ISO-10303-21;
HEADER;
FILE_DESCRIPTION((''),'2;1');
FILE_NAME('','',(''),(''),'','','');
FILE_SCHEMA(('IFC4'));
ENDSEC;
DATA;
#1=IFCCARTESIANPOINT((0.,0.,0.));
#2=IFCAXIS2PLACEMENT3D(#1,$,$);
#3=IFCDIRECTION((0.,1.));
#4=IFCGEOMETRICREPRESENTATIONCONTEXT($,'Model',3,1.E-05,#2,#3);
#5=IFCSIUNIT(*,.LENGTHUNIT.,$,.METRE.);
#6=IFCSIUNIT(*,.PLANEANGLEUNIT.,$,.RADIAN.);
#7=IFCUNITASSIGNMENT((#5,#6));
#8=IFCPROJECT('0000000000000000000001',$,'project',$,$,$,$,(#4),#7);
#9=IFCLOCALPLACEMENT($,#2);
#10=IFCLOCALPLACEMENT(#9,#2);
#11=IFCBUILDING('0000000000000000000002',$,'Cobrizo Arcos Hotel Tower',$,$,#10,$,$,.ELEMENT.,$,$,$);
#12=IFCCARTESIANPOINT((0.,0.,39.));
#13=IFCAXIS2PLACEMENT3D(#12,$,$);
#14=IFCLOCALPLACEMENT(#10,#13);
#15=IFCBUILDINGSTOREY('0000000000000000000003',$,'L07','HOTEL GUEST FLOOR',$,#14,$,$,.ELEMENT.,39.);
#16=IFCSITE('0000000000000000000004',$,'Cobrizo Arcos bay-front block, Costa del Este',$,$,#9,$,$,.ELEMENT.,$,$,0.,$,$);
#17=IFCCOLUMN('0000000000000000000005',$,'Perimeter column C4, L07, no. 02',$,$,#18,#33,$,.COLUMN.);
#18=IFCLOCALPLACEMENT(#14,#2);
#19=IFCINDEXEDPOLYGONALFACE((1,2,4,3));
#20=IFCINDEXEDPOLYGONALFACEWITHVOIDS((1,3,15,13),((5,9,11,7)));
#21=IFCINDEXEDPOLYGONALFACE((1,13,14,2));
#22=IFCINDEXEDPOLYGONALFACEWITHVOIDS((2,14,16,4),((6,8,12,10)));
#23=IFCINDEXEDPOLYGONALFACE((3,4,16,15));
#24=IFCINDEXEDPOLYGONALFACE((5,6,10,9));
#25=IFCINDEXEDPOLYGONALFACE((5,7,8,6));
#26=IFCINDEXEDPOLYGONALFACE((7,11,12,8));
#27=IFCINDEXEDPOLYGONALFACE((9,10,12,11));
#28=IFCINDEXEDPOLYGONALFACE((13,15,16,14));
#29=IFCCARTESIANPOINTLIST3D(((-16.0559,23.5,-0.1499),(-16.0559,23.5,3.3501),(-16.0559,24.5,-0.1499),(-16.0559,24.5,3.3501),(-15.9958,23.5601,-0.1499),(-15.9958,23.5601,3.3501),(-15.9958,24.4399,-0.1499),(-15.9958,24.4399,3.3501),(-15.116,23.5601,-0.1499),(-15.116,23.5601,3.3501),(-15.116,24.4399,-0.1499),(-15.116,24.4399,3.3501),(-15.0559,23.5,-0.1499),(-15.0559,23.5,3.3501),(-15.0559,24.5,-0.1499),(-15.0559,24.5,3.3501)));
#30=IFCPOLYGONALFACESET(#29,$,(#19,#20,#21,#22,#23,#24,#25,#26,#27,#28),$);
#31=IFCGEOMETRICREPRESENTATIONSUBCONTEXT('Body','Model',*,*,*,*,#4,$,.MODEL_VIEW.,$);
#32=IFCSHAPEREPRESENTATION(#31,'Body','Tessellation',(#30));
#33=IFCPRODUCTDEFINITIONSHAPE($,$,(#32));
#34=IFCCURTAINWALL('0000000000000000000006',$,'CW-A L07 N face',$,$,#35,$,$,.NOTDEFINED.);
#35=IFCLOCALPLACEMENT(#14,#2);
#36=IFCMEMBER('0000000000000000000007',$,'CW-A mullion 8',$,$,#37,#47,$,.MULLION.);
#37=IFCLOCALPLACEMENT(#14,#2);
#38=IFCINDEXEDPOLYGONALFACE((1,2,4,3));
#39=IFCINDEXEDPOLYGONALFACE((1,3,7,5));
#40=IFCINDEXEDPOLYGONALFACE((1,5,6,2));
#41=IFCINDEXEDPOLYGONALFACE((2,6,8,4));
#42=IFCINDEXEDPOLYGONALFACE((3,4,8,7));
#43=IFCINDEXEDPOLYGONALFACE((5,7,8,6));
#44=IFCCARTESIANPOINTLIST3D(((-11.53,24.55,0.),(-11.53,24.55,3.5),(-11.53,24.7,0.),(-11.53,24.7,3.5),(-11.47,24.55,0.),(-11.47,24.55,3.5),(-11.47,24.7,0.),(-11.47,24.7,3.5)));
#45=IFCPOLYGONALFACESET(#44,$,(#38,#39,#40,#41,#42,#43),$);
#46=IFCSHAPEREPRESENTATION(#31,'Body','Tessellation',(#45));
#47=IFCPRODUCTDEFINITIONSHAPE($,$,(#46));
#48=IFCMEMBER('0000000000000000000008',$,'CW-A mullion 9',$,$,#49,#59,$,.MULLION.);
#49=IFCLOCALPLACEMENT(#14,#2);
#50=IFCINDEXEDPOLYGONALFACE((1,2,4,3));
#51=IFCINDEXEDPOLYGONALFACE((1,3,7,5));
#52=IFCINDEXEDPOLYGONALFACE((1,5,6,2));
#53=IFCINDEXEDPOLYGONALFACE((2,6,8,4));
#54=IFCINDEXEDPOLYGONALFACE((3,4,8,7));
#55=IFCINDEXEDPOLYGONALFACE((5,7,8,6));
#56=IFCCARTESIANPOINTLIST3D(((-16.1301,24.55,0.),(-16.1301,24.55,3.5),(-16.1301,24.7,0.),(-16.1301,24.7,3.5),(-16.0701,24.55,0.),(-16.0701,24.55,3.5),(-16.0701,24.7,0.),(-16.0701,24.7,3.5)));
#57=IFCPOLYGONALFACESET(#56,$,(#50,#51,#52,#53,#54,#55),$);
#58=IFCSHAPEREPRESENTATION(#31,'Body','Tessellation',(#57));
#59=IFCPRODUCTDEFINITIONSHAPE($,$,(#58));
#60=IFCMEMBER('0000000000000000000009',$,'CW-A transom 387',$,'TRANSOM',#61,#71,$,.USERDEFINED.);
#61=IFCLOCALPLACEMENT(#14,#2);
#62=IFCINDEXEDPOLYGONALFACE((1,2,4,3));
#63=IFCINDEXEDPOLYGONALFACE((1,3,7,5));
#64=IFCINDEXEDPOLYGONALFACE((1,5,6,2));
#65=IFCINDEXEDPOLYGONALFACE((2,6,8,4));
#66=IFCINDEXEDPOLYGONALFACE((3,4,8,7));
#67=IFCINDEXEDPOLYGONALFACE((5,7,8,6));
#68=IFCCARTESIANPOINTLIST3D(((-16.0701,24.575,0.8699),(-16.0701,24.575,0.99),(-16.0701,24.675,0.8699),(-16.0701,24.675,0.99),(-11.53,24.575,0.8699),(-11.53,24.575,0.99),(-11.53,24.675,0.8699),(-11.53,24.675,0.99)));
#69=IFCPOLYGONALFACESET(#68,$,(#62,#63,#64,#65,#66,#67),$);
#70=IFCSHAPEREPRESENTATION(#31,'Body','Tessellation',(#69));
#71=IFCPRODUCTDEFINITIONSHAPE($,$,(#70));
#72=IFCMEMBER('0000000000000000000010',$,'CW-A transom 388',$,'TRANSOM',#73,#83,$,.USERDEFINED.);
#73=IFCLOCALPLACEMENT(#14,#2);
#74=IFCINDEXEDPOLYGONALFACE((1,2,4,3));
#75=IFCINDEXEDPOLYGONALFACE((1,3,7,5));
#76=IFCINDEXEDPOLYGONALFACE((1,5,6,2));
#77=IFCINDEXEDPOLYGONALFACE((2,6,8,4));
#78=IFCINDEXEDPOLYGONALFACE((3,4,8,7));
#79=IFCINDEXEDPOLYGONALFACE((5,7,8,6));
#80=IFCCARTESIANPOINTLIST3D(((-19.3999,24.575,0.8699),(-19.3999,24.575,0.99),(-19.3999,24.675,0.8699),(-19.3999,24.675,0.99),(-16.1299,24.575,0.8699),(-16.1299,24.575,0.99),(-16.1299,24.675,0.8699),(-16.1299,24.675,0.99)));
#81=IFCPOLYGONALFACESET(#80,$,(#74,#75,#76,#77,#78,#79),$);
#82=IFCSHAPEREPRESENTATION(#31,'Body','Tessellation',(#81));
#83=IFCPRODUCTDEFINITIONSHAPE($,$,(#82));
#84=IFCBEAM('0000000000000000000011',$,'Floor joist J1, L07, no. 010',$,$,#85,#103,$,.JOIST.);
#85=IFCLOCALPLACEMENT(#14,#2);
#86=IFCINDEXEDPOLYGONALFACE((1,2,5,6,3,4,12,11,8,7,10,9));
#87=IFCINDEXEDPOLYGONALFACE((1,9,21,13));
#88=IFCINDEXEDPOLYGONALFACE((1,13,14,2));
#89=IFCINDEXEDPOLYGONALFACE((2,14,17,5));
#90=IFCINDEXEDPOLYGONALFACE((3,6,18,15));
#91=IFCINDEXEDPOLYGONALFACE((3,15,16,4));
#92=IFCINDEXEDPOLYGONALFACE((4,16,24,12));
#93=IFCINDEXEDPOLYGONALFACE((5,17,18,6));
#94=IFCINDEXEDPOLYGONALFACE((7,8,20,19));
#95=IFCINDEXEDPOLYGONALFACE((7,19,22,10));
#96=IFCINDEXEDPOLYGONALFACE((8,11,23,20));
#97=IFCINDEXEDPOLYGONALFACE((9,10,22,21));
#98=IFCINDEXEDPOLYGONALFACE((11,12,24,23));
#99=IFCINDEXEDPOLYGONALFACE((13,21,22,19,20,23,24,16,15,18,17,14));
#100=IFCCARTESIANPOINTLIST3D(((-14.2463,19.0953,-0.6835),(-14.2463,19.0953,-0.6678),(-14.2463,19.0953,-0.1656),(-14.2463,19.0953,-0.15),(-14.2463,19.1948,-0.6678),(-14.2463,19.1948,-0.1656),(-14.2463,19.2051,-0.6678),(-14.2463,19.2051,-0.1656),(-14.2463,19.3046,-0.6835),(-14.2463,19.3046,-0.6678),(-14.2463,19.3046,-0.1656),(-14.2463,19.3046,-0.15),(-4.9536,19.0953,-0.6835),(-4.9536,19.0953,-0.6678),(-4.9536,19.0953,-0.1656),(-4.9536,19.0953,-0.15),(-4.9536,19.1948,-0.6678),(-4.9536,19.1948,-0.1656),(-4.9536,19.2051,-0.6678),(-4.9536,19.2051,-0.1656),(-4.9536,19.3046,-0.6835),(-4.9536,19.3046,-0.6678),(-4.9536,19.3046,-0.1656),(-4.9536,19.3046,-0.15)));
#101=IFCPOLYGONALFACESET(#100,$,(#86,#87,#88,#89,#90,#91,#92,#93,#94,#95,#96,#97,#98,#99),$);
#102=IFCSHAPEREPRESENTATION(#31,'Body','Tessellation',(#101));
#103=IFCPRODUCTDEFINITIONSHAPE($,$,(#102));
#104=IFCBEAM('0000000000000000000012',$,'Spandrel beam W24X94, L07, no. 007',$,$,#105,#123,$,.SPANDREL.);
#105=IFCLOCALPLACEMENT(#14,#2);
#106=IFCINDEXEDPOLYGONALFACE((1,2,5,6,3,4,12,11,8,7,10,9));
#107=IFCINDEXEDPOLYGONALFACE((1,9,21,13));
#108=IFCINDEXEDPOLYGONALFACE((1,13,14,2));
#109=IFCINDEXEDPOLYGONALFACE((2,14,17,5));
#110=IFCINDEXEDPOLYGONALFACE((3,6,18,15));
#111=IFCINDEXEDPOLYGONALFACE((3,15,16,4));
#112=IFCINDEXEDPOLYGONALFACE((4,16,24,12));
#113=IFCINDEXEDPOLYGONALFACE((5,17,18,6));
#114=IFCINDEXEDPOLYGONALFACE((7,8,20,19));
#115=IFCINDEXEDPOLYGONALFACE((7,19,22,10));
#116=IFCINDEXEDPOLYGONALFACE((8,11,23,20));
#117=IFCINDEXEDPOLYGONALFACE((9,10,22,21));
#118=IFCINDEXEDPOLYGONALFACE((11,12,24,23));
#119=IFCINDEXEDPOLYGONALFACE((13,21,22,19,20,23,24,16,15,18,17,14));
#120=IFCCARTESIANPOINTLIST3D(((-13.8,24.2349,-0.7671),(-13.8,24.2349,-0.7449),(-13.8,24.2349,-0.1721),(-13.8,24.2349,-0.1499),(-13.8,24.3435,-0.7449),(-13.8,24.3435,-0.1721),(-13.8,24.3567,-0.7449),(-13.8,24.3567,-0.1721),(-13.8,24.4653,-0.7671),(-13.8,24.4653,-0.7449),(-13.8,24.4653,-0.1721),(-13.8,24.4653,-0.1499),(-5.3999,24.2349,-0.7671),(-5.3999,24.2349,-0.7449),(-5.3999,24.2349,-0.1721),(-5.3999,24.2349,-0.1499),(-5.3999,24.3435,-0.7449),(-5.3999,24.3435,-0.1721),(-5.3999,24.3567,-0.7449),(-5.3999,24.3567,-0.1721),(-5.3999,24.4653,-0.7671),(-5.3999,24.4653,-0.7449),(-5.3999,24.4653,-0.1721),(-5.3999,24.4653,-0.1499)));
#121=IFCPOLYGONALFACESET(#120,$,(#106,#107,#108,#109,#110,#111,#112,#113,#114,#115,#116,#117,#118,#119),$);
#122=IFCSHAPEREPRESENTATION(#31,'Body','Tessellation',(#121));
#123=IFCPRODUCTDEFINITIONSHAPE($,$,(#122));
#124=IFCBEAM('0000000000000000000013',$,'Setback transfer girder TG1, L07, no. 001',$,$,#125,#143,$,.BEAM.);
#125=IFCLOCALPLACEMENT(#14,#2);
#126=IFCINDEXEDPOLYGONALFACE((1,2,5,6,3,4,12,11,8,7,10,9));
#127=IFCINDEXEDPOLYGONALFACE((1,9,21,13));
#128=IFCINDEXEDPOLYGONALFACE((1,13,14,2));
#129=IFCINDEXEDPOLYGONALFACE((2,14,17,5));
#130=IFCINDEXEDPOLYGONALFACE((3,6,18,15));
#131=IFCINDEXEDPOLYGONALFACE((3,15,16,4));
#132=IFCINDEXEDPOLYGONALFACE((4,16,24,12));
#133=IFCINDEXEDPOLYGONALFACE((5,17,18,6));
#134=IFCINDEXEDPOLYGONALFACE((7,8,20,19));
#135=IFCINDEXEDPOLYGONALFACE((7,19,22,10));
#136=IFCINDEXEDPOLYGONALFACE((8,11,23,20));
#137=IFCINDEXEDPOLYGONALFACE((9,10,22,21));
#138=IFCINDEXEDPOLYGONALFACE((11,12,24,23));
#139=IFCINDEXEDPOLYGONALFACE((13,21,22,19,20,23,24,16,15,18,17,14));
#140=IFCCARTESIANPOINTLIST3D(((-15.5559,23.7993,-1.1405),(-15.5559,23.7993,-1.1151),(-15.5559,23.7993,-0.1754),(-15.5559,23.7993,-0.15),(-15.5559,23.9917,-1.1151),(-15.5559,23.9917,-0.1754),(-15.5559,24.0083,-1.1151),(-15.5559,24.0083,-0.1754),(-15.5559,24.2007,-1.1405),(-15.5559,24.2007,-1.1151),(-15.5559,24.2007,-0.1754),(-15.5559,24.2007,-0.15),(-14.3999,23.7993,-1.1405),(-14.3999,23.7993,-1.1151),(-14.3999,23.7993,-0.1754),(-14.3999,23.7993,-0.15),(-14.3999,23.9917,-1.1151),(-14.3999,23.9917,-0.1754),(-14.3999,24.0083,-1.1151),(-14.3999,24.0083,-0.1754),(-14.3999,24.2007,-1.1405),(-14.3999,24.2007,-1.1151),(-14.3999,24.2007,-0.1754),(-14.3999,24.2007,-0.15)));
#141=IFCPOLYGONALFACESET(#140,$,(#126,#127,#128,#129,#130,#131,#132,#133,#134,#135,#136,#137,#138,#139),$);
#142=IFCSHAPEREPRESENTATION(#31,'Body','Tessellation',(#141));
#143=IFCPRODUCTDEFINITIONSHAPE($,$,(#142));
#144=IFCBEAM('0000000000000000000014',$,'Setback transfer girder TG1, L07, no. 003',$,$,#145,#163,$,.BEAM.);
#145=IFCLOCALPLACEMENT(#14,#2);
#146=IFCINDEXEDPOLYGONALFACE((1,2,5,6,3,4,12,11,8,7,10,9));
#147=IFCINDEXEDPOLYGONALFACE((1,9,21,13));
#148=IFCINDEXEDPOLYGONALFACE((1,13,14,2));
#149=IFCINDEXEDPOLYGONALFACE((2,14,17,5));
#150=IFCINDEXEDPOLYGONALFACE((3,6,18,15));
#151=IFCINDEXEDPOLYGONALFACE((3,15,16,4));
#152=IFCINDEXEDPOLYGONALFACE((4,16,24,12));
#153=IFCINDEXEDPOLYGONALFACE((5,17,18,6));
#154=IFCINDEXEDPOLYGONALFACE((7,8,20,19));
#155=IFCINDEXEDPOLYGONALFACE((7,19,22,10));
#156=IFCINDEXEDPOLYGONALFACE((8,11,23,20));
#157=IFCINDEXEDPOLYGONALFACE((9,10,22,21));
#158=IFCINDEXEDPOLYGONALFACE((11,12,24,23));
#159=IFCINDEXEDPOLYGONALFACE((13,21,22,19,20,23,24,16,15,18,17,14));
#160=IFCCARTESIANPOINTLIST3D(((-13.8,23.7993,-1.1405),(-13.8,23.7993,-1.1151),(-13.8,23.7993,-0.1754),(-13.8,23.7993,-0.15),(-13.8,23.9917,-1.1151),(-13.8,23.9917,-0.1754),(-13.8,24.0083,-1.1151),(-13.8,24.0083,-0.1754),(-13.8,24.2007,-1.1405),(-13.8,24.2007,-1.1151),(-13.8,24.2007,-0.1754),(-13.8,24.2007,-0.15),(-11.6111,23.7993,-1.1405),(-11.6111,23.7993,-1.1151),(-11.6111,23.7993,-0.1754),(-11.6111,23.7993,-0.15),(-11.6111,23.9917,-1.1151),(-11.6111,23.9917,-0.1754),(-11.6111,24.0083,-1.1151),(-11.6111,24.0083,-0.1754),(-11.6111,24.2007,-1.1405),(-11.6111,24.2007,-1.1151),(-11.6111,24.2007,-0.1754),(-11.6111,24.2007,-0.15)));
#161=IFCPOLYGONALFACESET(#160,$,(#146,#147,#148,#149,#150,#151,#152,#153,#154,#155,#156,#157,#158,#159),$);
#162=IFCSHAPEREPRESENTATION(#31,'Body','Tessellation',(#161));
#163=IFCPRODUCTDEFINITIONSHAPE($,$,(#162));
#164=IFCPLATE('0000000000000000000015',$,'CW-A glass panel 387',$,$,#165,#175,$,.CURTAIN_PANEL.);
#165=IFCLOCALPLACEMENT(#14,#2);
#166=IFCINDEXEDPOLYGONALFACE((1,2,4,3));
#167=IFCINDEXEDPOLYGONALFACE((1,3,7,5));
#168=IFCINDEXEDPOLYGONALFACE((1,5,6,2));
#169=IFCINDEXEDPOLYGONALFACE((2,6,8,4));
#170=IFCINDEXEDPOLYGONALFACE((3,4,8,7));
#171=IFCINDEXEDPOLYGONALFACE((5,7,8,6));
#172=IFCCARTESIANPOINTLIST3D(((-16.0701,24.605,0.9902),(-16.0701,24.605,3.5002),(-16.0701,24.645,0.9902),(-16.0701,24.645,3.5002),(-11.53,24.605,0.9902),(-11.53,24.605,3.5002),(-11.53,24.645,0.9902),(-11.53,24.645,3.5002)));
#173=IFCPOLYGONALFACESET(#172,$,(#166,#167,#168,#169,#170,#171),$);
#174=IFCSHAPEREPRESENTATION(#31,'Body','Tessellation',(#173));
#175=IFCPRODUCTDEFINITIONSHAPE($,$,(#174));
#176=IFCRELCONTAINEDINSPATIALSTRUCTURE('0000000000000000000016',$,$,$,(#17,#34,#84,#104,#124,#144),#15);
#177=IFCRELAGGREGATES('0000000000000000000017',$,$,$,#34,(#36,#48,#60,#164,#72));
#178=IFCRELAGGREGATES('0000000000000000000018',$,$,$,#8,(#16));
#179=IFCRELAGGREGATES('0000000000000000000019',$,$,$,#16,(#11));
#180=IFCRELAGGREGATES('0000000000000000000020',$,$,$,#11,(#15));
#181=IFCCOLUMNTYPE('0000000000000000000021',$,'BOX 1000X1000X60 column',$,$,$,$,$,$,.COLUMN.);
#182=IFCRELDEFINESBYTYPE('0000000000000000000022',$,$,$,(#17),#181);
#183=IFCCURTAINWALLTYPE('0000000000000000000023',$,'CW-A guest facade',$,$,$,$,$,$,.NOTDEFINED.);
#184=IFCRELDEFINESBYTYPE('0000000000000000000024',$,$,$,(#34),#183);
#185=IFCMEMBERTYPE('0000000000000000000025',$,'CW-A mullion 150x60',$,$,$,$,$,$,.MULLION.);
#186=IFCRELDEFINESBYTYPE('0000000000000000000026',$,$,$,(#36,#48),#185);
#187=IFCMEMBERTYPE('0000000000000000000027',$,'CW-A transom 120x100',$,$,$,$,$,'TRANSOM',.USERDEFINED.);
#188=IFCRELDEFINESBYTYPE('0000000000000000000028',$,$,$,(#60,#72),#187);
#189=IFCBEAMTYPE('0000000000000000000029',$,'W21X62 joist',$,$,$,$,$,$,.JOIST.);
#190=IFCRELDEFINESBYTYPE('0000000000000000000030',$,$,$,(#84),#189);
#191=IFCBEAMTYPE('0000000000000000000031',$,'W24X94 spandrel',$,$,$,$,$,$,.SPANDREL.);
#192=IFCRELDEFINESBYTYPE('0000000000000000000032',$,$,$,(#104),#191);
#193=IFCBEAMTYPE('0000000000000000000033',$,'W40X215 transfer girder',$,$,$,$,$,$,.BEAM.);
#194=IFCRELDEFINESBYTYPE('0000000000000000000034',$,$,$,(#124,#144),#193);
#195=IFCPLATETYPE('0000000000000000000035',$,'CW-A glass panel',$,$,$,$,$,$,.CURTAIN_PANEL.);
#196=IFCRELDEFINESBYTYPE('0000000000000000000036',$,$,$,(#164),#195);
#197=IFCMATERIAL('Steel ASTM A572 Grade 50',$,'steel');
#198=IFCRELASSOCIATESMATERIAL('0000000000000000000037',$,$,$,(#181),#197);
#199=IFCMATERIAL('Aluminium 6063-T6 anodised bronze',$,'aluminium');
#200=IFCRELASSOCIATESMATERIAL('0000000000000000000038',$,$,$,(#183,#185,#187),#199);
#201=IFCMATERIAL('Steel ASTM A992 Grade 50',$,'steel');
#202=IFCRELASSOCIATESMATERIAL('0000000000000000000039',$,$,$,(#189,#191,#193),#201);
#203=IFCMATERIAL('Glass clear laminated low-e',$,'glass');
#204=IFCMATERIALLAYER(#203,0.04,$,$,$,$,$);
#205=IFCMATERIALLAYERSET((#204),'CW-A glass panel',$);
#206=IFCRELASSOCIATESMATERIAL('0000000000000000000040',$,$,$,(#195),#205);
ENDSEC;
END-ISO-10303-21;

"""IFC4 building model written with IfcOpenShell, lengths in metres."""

from ifc_helpers import new_model, si_unit, direction, frame, origin, origin_2d, place, context, subcontext, project, spatial, rectangle, hollow_rectangle, i_section, extrude, material, layer, layer_set, material_profile, profile_set, type_object, element, aggregate, save


model = new_model("IFC4")

# Units and contexts
model_context = context("Model", 3, precision=1e-05, world=origin(), true_north=direction((0.0, 1.0)))
body_context = subcontext(model_context, "Body", "Model", "MODEL_VIEW")
ifc_project = project(units=[si_unit("LENGTHUNIT", "METRE"), si_unit("PLANEANGLEUNIT", "RADIAN")], contexts=[model_context])

# Site, building, storey
site_placement = place(None, origin())
site = spatial("IfcSite", under=ifc_project, at=site_placement, Name="Cobrizo Arcos bay-front block, Costa del Este", CompositionType="ELEMENT", RefElevation=0.0)
building_placement = place(site_placement, origin())
building = spatial("IfcBuilding", under=site, at=building_placement, Name="Cobrizo Arcos Hotel Tower", CompositionType="ELEMENT")
storey_placement = place(building_placement, frame((0.0, 0.0, 39.0)))
storey = spatial("IfcBuildingStorey", under=building, at=storey_placement, Name="L07", Description="HOTEL GUEST FLOOR", CompositionType="ELEMENT", Elevation=39.0)

# Column
ifc_material_1 = material(Name="Steel ASTM A572 Grade 50", Category="steel")
ifc_material_profile_1 = material_profile(ifc_material_1, hollow_rectangle(XDim=1.0, YDim=1.0, WallThickness=0.0601, at=origin_2d()), Name="BOX 1000X1000X60")
ifc_profile_set_1 = profile_set([ifc_material_profile_1], Name="Steel ASTM A572 Grade 50")
column_type = type_object("IfcColumnType", Name="BOX 1000X1000X60 column", PredefinedType="COLUMN", material=ifc_profile_set_1)
column_placement = place(storey_placement, frame((-15.5559, 24.0, -0.1499), z_axis=(0.0, 0.0, 1.0), x_axis=(1.0, 0.0, 0.0)))
element("IfcColumn", 1, at=column_placement, inside=storey, type_object=column_type, Name="Perimeter column C4, L07, no. 02", PredefinedType="COLUMN", context=body_context, shape_type="SweptSolid", body=[
    extrude(hollow_rectangle(XDim=1.0, YDim=1.0, WallThickness=0.0601, at=origin_2d()), origin(), (0.0, 0.0, 1.0), 3.5),
])

# Curtain wall, members
ifc_material_2 = material(Name="Aluminium 6063-T6 anodised bronze", Category="aluminium")
curtain_wall_type = type_object("IfcCurtainWallType", Name="CW-A guest facade", PredefinedType="NOTDEFINED", material=ifc_material_2)
curtain_wall_placement = place(storey_placement, origin())
curtain_wall = element("IfcCurtainWall", 2, at=curtain_wall_placement, inside=storey, type_object=curtain_wall_type, Name="CW-A L07 N face", PredefinedType="NOTDEFINED")
ifc_material_profile_2 = material_profile(ifc_material_2, rectangle(XDim=0.1499, YDim=0.0601, at=origin_2d()), Name="CW-A mullion 150x60")
ifc_profile_set_2 = profile_set([ifc_material_profile_2], Name="Aluminium 6063-T6 anodised bronze")
member_type_1 = type_object("IfcMemberType", Name="CW-A mullion 150x60", PredefinedType="MULLION", material=ifc_profile_set_2)
member_1_placement = place(storey_placement, frame((-11.5, 24.625, 0.0), z_axis=(0.0, 0.0, 1.0), x_axis=(0.0, 1.0, 0.0)))
member_1 = element("IfcMember", 3, at=member_1_placement, type_object=member_type_1, Name="CW-A mullion 8", PredefinedType="MULLION", context=body_context, shape_type="SweptSolid", body=[
    extrude(rectangle(XDim=0.1499, YDim=0.0601, at=origin_2d()), origin(), (0.0, 0.0, 1.0), 3.5),
])
member_2_placement = place(storey_placement, frame((-16.1001, 24.625, 0.0), z_axis=(0.0, 0.0, 1.0), x_axis=(0.0, 1.0, 0.0)))
member_2 = element("IfcMember", 4, at=member_2_placement, type_object=member_type_1, Name="CW-A mullion 9", PredefinedType="MULLION", context=body_context, shape_type="SweptSolid", body=[
    extrude(rectangle(XDim=0.1499, YDim=0.0601, at=origin_2d()), origin(), (0.0, 0.0, 1.0), 3.5),
])
ifc_material_profile_3 = material_profile(ifc_material_2, rectangle(XDim=0.1001, YDim=0.1201, at=origin_2d()), Name="CW-A transom 120x100")
ifc_profile_set_3 = profile_set([ifc_material_profile_3], Name="Aluminium 6063-T6 anodised bronze")
member_type_2 = type_object("IfcMemberType", Name="CW-A transom 120x100", ElementType="TRANSOM", PredefinedType="USERDEFINED", material=ifc_profile_set_3)
member_3_placement = place(storey_placement, frame((-11.53, 24.625, 0.9299), z_axis=(-1.0, 0.0, 0.0), x_axis=(0.0, -1.0, 0.0)))
member_3 = element("IfcMember", 5, at=member_3_placement, type_object=member_type_2, Name="CW-A transom 387", ObjectType="TRANSOM", PredefinedType="USERDEFINED", context=body_context, shape_type="SweptSolid", body=[
    extrude(rectangle(XDim=0.1001, YDim=0.1201, at=origin_2d()), origin(), (0.0, 0.0, 1.0), 4.54),
])
member_4_placement = place(storey_placement, frame((-16.1299, 24.625, 0.9299), z_axis=(-1.0, 0.0, 0.0), x_axis=(0.0, -1.0, 0.0)))
member_4 = element("IfcMember", 6, at=member_4_placement, type_object=member_type_2, Name="CW-A transom 388", ObjectType="TRANSOM", PredefinedType="USERDEFINED", context=body_context, shape_type="SweptSolid", body=[
    extrude(rectangle(XDim=0.1001, YDim=0.1201, at=origin_2d()), origin(), (0.0, 0.0, 1.0), 3.27),
])

# Beams
ifc_material_3 = material(Name="Steel ASTM A992 Grade 50", Category="steel")
ifc_material_profile_4 = material_profile(ifc_material_3, i_section(OverallWidth=0.2092, OverallDepth=0.5334, WebThickness=0.0103, FlangeThickness=0.0156, at=origin_2d()), Name="W21X62")
ifc_profile_set_4 = profile_set([ifc_material_profile_4], Name="Steel ASTM A992 Grade 50")
beam_type_1 = type_object("IfcBeamType", Name="W21X62 joist", PredefinedType="JOIST", material=ifc_profile_set_4)
beam_1_placement = place(storey_placement, frame((-14.2463, 19.2, -0.4167), z_axis=(1.0, 0.0, 0.0), x_axis=(0.0, 1.0, 0.0)))
element("IfcBeam", 7, at=beam_1_placement, inside=storey, type_object=beam_type_1, Name="Floor joist J1, L07, no. 010", PredefinedType="JOIST", context=body_context, shape_type="SweptSolid", body=[
    extrude(i_section(OverallWidth=0.2092, OverallDepth=0.5334, WebThickness=0.0103, FlangeThickness=0.0156, at=origin_2d()), origin(), (0.0, 0.0, 1.0), 9.2927),
])
ifc_material_profile_5 = material_profile(ifc_material_3, i_section(OverallWidth=0.2305, OverallDepth=0.6172, WebThickness=0.0132, FlangeThickness=0.0222, at=origin_2d()), Name="W24X94")
ifc_profile_set_5 = profile_set([ifc_material_profile_5], Name="Steel ASTM A992 Grade 50")
beam_type_2 = type_object("IfcBeamType", Name="W24X94 spandrel", PredefinedType="SPANDREL", material=ifc_profile_set_5)
beam_2_placement = place(storey_placement, frame((-13.8, 24.3501, -0.4585), z_axis=(1.0, 0.0, 0.0), x_axis=(0.0, 1.0, 0.0)))
element("IfcBeam", 8, at=beam_2_placement, inside=storey, type_object=beam_type_2, Name="Spandrel beam W24X94, L07, no. 007", PredefinedType="SPANDREL", context=body_context, shape_type="SweptSolid", body=[
    extrude(i_section(OverallWidth=0.2305, OverallDepth=0.6172, WebThickness=0.0132, FlangeThickness=0.0222, at=origin_2d()), origin(), (0.0, 0.0, 1.0), 8.4001),
])
ifc_material_profile_6 = material_profile(ifc_material_3, i_section(OverallWidth=0.4014, OverallDepth=0.9905, WebThickness=0.0166, FlangeThickness=0.0254, at=origin_2d()), Name="W40X215")
ifc_profile_set_6 = profile_set([ifc_material_profile_6], Name="Steel ASTM A992 Grade 50")
beam_type_3 = type_object("IfcBeamType", Name="W40X215 transfer girder", PredefinedType="BEAM", material=ifc_profile_set_6)
beam_3_placement = place(storey_placement, frame((-14.3999, 24.0, -0.6453), z_axis=(-1.0, 0.0, 0.0), x_axis=(0.0, -1.0, 0.0)))
element("IfcBeam", 9, at=beam_3_placement, inside=storey, type_object=beam_type_3, Name="Setback transfer girder TG1, L07, no. 001", PredefinedType="BEAM", context=body_context, shape_type="SweptSolid", body=[
    extrude(i_section(OverallWidth=0.4014, OverallDepth=0.9905, WebThickness=0.0166, FlangeThickness=0.0254, at=origin_2d()), origin(), (0.0, 0.0, 1.0), 1.156),
])
beam_4_placement = place(storey_placement, frame((-13.8, 24.0, -0.6453), z_axis=(1.0, 0.0, 0.0), x_axis=(0.0, 1.0, 0.0)))
element("IfcBeam", 10, at=beam_4_placement, inside=storey, type_object=beam_type_3, Name="Setback transfer girder TG1, L07, no. 003", PredefinedType="BEAM", context=body_context, shape_type="SweptSolid", body=[
    extrude(i_section(OverallWidth=0.4014, OverallDepth=0.9905, WebThickness=0.0166, FlangeThickness=0.0254, at=origin_2d()), origin(), (0.0, 0.0, 1.0), 2.189),
])

# Plate
ifc_material_4 = material(Name="Glass clear laminated low-e", Category="glass")
ifc_layer_1 = layer(ifc_material_4, 0.04)
ifc_layer_set_1 = layer_set([ifc_layer_1], Name="CW-A glass panel")
plate_type_1 = type_object("IfcPlateType", Name="CW-A glass panel", PredefinedType="CURTAIN_PANEL", material=ifc_layer_set_1)
plate_1_placement = place(storey_placement, frame((-13.8, 24.625, 0.9902), z_axis=(0.0, 0.0, 1.0), x_axis=(-1.0, 0.0, 0.0)))
plate_1 = element("IfcPlate", 11, at=plate_1_placement, type_object=plate_type_1, Name="CW-A glass panel 387", PredefinedType="CURTAIN_PANEL", context=body_context, shape_type="SweptSolid", body=[
    extrude(rectangle(XDim=4.54, YDim=0.04, at=origin_2d()), origin(), (0.0, 0.0, 1.0), 2.51),
])
aggregate(curtain_wall, [member_1, member_2, member_3, plate_1, member_4])

save(model, "model.ifc")
